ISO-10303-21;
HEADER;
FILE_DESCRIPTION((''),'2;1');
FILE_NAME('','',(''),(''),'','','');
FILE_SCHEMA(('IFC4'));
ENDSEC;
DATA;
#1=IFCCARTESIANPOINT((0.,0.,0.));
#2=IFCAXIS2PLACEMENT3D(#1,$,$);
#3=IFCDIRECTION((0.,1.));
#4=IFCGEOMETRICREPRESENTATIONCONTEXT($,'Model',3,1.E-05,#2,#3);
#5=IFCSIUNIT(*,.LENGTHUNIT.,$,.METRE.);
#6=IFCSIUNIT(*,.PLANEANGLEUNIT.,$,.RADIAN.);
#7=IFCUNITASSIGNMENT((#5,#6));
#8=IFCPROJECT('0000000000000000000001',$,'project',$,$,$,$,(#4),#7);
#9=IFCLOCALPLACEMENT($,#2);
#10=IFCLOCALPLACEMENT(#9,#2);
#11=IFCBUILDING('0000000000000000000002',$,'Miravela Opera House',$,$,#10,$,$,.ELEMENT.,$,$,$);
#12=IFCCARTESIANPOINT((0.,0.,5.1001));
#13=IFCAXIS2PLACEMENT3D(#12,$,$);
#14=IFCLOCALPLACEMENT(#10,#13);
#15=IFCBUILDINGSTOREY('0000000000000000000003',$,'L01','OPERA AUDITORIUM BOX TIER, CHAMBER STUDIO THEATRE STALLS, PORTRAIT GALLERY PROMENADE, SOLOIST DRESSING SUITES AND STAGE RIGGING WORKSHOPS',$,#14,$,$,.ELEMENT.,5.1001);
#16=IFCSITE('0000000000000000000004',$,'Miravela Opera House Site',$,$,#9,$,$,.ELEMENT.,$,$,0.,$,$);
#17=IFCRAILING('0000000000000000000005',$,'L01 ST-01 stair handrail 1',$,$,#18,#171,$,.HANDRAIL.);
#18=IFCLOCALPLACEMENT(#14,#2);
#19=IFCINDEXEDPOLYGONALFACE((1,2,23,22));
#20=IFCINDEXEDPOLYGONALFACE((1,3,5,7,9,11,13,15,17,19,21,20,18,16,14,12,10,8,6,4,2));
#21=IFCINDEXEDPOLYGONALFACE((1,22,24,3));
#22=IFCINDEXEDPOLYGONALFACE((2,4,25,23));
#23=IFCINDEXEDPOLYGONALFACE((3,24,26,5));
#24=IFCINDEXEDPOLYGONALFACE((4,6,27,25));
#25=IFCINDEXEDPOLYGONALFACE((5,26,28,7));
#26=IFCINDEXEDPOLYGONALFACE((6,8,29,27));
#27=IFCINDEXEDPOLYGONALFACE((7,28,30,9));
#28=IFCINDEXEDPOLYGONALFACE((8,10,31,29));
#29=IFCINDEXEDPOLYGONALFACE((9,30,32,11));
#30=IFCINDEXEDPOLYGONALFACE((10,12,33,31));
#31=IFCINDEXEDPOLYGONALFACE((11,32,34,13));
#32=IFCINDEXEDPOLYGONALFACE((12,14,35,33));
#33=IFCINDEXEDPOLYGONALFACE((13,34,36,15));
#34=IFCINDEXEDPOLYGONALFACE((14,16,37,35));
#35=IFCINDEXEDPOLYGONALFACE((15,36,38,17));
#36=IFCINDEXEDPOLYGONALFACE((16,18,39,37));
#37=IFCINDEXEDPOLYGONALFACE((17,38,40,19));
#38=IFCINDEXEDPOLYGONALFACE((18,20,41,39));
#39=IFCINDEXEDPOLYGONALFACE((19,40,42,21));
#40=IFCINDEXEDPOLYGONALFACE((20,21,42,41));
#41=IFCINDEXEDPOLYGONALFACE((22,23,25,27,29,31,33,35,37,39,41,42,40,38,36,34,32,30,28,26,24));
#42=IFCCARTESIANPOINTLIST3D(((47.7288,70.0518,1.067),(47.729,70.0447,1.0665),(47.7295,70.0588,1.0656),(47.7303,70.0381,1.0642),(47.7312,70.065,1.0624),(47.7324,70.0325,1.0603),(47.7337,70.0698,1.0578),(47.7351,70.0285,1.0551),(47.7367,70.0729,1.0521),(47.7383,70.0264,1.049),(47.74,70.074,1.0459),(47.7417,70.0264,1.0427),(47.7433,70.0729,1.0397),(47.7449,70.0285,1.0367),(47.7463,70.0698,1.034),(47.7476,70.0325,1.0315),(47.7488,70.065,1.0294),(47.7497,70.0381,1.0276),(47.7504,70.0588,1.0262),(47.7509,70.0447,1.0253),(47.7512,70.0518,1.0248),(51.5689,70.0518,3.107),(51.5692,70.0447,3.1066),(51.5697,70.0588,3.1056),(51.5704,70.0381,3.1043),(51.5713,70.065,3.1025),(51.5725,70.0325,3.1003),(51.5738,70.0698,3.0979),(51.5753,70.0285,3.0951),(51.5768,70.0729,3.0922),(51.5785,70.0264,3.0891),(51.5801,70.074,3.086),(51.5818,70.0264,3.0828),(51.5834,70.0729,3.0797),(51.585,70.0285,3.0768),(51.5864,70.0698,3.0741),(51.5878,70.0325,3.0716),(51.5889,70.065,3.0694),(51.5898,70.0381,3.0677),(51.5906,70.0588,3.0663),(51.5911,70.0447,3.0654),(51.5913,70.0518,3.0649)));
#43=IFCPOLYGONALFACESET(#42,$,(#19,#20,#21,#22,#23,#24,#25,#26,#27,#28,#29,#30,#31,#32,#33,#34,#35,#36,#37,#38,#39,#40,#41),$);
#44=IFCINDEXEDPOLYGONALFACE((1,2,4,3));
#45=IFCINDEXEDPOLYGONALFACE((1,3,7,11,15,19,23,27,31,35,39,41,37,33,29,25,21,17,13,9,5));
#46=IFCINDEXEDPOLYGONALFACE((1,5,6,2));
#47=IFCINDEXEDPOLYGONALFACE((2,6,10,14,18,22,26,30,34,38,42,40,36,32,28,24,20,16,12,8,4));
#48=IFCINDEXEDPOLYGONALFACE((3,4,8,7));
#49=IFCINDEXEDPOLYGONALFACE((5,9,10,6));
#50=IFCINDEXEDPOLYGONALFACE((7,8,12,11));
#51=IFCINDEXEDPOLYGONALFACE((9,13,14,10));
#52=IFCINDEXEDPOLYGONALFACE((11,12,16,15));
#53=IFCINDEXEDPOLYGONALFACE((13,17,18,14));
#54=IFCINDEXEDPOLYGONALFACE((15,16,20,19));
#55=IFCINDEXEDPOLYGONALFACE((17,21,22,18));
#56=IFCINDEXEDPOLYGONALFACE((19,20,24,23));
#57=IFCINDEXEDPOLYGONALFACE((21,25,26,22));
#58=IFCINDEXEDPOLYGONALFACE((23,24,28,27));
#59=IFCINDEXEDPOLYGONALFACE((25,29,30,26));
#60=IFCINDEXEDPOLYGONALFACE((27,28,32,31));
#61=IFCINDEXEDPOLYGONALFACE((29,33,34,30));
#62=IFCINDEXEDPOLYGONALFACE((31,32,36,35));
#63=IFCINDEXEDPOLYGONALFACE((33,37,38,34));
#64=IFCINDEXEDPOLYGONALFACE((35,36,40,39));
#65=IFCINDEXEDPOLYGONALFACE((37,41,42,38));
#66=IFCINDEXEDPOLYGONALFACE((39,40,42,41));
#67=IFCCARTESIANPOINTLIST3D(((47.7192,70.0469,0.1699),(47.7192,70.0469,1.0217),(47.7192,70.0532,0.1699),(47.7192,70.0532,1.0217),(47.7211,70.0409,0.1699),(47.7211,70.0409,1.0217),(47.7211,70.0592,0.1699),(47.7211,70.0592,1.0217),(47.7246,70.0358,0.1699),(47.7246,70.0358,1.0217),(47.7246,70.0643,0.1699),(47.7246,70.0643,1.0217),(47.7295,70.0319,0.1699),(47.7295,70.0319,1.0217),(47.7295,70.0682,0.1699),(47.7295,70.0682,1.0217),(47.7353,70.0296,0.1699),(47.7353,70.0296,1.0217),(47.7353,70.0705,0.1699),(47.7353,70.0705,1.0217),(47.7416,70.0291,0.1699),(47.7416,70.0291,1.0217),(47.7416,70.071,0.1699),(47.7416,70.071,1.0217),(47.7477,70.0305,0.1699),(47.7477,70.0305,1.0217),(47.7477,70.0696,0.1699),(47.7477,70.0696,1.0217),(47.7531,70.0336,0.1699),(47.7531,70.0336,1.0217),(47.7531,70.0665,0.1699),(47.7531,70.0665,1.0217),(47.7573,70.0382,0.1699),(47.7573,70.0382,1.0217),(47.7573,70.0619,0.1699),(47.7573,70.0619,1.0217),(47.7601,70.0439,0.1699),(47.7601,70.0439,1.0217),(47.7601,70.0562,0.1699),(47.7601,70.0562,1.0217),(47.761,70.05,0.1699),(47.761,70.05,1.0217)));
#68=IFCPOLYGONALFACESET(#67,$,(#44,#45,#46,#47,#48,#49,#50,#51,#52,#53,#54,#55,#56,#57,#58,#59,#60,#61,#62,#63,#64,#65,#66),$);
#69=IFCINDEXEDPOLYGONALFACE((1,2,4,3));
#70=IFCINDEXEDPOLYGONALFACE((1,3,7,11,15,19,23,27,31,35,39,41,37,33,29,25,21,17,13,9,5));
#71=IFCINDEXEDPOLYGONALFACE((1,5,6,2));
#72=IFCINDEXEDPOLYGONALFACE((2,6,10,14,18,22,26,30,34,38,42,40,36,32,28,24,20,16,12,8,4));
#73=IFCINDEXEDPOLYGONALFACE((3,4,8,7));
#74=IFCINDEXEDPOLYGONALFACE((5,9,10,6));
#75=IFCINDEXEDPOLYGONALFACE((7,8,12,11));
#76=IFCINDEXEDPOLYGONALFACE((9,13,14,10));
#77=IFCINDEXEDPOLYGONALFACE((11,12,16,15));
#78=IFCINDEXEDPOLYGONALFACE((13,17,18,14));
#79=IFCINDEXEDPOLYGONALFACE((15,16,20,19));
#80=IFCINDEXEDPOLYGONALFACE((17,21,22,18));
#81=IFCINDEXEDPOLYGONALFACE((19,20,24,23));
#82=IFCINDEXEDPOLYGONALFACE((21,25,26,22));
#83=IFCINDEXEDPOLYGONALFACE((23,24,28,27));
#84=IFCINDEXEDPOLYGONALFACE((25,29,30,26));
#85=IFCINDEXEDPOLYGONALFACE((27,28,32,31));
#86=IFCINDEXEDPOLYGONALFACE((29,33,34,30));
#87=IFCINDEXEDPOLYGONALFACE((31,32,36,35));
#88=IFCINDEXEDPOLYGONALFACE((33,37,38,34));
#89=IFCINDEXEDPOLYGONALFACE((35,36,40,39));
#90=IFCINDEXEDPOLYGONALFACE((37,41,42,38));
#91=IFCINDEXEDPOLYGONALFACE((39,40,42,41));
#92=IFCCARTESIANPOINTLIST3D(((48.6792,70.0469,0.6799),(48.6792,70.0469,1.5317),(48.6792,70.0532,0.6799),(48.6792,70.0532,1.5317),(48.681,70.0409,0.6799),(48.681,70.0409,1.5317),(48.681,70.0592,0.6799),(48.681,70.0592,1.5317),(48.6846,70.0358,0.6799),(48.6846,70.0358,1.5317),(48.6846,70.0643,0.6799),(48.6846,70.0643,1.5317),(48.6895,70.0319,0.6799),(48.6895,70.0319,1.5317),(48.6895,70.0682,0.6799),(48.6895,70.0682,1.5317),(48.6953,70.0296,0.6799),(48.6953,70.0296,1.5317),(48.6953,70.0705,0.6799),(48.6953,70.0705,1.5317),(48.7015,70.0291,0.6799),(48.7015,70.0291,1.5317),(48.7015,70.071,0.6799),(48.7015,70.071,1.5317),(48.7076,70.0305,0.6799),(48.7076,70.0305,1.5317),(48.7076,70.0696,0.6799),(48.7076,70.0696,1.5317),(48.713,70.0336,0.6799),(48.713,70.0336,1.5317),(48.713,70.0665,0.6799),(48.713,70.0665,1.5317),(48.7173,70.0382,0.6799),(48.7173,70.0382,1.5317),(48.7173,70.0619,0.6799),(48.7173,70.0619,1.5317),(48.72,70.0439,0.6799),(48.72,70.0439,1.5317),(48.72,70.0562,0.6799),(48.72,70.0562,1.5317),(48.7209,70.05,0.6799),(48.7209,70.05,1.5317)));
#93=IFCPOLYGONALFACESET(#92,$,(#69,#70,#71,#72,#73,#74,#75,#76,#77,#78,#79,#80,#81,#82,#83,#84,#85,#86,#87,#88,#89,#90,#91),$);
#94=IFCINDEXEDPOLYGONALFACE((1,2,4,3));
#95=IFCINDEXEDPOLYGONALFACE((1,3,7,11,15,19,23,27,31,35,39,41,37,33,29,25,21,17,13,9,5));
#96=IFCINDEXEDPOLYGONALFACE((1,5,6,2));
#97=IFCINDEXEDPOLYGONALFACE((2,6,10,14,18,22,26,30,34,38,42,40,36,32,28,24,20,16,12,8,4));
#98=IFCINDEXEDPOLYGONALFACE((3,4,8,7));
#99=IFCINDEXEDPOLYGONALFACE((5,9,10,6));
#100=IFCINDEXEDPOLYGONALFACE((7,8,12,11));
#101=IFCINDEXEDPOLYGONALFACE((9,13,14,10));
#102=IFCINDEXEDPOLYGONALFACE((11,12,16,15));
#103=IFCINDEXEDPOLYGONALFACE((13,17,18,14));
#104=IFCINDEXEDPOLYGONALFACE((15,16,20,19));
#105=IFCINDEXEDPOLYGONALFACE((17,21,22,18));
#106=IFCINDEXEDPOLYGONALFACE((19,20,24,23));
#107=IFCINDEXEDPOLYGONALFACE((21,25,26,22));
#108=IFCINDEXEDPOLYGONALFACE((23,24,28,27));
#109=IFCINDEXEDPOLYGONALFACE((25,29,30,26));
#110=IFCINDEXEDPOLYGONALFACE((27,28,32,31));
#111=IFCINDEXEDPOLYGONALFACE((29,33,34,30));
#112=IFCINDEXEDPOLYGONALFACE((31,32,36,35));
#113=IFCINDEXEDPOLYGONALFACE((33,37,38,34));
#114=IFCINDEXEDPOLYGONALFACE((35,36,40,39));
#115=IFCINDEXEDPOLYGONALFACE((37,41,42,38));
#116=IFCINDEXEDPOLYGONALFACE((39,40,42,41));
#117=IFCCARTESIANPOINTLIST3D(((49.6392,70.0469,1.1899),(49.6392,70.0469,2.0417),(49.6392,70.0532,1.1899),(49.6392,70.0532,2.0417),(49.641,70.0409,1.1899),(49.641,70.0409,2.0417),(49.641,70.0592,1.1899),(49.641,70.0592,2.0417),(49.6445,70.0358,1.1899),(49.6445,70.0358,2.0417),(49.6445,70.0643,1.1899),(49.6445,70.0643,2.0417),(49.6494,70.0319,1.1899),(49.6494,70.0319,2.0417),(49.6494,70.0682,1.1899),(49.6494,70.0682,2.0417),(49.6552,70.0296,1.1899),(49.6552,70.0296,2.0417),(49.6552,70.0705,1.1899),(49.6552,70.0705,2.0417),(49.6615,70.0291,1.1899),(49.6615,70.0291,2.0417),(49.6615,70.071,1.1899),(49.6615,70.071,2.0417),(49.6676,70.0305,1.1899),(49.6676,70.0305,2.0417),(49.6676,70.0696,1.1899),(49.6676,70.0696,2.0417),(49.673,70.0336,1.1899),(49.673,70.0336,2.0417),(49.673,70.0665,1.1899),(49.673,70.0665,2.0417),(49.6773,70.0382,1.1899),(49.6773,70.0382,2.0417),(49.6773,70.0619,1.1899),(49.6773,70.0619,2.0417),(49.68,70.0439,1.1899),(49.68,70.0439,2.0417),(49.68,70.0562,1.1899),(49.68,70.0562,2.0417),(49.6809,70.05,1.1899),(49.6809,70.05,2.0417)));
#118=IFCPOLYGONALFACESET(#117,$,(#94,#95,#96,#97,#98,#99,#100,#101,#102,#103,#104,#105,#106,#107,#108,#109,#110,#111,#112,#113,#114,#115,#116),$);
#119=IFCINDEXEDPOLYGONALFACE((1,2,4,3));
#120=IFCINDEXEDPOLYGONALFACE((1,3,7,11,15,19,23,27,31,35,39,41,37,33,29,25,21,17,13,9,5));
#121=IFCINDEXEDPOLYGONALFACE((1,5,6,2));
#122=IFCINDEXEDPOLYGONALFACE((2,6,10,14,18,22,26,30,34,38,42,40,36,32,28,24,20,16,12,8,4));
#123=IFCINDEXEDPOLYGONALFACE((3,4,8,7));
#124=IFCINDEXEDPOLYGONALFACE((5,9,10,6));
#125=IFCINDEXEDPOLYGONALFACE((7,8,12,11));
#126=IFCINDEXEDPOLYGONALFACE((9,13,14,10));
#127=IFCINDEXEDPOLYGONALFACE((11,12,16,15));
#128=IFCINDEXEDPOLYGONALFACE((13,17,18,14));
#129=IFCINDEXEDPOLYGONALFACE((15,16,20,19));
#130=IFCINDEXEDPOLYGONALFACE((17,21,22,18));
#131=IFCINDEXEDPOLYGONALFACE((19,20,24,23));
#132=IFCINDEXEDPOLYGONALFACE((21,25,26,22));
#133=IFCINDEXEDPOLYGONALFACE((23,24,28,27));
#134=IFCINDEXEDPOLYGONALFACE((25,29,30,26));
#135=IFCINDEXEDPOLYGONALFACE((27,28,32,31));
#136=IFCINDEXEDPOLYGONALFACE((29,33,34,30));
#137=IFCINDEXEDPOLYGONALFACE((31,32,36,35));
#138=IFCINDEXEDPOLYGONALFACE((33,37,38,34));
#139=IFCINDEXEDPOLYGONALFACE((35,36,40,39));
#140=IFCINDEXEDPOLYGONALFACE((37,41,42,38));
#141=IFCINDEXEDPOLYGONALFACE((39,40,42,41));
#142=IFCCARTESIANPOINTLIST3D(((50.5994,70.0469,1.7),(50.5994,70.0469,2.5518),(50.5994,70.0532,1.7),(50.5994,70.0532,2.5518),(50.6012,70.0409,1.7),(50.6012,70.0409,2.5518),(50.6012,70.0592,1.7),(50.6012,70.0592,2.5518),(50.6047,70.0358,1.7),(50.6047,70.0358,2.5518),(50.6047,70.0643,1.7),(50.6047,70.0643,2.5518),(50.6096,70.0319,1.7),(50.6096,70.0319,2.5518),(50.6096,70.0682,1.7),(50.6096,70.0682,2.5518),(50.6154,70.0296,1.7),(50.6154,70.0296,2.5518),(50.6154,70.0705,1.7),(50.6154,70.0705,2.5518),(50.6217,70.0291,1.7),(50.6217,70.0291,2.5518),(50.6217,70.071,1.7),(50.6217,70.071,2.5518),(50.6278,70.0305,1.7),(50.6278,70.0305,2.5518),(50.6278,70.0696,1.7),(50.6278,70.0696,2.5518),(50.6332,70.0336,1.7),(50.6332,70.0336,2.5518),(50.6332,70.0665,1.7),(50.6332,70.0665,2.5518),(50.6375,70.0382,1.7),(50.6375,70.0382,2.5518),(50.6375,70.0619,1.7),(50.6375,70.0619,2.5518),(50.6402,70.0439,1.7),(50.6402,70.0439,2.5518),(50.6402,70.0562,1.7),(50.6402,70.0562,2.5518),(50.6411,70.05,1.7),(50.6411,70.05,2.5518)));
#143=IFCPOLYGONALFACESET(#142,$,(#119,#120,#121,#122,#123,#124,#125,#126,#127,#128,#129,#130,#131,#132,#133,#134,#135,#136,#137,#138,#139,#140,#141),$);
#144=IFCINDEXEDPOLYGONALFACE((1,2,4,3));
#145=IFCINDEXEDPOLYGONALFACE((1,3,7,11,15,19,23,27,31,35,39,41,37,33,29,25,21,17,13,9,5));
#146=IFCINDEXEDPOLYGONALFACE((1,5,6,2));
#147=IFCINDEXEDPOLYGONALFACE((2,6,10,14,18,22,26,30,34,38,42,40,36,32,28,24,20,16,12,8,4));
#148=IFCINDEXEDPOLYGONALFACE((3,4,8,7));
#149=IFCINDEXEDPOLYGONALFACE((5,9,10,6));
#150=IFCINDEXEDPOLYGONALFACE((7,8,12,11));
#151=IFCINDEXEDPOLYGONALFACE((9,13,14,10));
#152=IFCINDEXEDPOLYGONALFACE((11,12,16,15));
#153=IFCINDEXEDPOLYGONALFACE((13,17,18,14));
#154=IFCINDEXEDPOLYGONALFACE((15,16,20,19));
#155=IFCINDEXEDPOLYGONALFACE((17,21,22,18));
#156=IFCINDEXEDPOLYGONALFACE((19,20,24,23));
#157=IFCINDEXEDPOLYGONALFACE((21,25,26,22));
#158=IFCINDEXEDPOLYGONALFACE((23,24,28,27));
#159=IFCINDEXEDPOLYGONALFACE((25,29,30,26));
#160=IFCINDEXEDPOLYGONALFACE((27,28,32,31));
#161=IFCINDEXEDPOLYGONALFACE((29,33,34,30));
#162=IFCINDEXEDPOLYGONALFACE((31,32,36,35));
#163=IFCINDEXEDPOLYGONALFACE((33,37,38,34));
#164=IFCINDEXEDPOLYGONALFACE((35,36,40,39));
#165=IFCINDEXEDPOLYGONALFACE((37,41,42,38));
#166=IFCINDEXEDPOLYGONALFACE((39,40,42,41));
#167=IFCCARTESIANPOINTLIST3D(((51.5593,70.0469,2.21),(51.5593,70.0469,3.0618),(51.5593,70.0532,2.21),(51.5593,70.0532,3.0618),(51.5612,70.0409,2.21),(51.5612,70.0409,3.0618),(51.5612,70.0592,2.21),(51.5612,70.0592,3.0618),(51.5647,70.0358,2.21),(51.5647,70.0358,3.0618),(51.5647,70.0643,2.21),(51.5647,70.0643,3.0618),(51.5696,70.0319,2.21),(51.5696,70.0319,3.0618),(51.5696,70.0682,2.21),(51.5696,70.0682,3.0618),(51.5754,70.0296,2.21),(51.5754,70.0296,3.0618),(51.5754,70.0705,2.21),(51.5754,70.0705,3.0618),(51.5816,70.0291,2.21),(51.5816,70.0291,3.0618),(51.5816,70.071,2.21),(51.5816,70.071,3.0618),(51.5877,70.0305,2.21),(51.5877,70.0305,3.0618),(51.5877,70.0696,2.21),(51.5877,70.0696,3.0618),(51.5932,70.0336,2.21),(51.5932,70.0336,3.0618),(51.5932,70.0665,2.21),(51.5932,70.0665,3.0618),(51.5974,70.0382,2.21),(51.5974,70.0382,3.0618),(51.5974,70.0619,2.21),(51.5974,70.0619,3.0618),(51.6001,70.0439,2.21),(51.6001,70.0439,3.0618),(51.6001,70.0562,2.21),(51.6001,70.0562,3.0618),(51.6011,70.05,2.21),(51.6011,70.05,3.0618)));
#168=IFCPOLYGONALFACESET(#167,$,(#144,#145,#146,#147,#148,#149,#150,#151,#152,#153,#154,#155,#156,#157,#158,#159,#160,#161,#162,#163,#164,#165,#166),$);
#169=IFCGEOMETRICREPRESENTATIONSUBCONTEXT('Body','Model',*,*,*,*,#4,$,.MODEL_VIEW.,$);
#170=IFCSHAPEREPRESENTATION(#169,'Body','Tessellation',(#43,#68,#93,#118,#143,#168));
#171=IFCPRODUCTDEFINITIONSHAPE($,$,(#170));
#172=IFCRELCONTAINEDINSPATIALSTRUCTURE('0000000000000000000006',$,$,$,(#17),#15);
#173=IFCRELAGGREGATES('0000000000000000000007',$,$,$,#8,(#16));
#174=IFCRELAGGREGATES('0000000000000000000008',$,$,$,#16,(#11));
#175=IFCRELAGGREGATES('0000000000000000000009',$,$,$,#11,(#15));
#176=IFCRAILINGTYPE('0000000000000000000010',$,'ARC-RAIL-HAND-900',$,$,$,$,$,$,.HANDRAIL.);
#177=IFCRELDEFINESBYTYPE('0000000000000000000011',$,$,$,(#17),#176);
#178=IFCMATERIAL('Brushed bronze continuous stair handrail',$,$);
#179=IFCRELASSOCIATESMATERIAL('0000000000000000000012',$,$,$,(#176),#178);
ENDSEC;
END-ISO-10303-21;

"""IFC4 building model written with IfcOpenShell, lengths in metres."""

from ifc_helpers import new_model, si_unit, direction, frame, origin, origin_2d, place, context, subcontext, project, spatial, circle, extrude, material, type_object, element, save


model = new_model("IFC4")

# Units and contexts
model_context = context("Model", 3, precision=1e-05, world=origin(), true_north=direction((0.0, 1.0)))
body_context = subcontext(model_context, "Body", "Model", "MODEL_VIEW")
ifc_project = project(units=[si_unit("LENGTHUNIT", "METRE"), si_unit("PLANEANGLEUNIT", "RADIAN")], contexts=[model_context])

# Site, building, storey
site_placement = place(None, origin())
site = spatial("IfcSite", under=ifc_project, at=site_placement, Name="Miravela Opera House Site", CompositionType="ELEMENT", RefElevation=0.0)
building_placement = place(site_placement, origin())
building = spatial("IfcBuilding", under=site, at=building_placement, Name="Miravela Opera House", CompositionType="ELEMENT")
storey_placement = place(building_placement, frame((0.0, 0.0, 5.1001)))
storey = spatial("IfcBuildingStorey", under=building, at=storey_placement, Name="L01", Description="OPERA AUDITORIUM BOX TIER, CHAMBER STUDIO THEATRE STALLS, PORTRAIT GALLERY PROMENADE, SOLOIST DRESSING SUITES AND STAGE RIGGING WORKSHOPS", CompositionType="ELEMENT", Elevation=5.1001)

# Railing
ifc_material_1 = material(Name="Brushed bronze continuous stair handrail")
railing_type_1 = type_object("IfcRailingType", Name="ARC-RAIL-HAND-900", PredefinedType="HANDRAIL", material=ifc_material_1)
railing_1_placement = place(storey_placement, frame((47.74, 70.05, 0.1699)))
element("IfcRailing", 1, at=railing_1_placement, inside=storey, type_object=railing_type_1, Name="L01 ST-01 stair handrail 1", PredefinedType="HANDRAIL", context=body_context, shape_type="SweptSolid", body=[
    extrude(circle(Radius=0.0239, at=origin_2d()), frame((0.0, 0.0, 0.876), z_axis=(0.883116, 0.0, 0.469154), x_axis=(0.0, 1.0, 0.0)), (0.0, 0.0, 1.0), 4.3484),
    extrude(circle(Radius=0.021, at=origin_2d()), origin(), (0.0, 0.0, 1.0), 0.8518),
    extrude(circle(Radius=0.021, at=origin_2d()), frame((0.96, 0.0, 0.51)), (0.0, 0.0, 1.0), 0.8518),
    extrude(circle(Radius=0.021, at=origin_2d()), frame((1.9199, 0.0, 1.02)), (0.0, 0.0, 1.0), 0.8518),
    extrude(circle(Radius=0.021, at=origin_2d()), frame((2.8801, 0.0, 1.53)), (0.0, 0.0, 1.0), 0.8518),
    extrude(circle(Radius=0.021, at=origin_2d()), frame((3.8401, 0.0, 2.04)), (0.0, 0.0, 1.0), 0.8518),
])

save(model, "model.ifc")
